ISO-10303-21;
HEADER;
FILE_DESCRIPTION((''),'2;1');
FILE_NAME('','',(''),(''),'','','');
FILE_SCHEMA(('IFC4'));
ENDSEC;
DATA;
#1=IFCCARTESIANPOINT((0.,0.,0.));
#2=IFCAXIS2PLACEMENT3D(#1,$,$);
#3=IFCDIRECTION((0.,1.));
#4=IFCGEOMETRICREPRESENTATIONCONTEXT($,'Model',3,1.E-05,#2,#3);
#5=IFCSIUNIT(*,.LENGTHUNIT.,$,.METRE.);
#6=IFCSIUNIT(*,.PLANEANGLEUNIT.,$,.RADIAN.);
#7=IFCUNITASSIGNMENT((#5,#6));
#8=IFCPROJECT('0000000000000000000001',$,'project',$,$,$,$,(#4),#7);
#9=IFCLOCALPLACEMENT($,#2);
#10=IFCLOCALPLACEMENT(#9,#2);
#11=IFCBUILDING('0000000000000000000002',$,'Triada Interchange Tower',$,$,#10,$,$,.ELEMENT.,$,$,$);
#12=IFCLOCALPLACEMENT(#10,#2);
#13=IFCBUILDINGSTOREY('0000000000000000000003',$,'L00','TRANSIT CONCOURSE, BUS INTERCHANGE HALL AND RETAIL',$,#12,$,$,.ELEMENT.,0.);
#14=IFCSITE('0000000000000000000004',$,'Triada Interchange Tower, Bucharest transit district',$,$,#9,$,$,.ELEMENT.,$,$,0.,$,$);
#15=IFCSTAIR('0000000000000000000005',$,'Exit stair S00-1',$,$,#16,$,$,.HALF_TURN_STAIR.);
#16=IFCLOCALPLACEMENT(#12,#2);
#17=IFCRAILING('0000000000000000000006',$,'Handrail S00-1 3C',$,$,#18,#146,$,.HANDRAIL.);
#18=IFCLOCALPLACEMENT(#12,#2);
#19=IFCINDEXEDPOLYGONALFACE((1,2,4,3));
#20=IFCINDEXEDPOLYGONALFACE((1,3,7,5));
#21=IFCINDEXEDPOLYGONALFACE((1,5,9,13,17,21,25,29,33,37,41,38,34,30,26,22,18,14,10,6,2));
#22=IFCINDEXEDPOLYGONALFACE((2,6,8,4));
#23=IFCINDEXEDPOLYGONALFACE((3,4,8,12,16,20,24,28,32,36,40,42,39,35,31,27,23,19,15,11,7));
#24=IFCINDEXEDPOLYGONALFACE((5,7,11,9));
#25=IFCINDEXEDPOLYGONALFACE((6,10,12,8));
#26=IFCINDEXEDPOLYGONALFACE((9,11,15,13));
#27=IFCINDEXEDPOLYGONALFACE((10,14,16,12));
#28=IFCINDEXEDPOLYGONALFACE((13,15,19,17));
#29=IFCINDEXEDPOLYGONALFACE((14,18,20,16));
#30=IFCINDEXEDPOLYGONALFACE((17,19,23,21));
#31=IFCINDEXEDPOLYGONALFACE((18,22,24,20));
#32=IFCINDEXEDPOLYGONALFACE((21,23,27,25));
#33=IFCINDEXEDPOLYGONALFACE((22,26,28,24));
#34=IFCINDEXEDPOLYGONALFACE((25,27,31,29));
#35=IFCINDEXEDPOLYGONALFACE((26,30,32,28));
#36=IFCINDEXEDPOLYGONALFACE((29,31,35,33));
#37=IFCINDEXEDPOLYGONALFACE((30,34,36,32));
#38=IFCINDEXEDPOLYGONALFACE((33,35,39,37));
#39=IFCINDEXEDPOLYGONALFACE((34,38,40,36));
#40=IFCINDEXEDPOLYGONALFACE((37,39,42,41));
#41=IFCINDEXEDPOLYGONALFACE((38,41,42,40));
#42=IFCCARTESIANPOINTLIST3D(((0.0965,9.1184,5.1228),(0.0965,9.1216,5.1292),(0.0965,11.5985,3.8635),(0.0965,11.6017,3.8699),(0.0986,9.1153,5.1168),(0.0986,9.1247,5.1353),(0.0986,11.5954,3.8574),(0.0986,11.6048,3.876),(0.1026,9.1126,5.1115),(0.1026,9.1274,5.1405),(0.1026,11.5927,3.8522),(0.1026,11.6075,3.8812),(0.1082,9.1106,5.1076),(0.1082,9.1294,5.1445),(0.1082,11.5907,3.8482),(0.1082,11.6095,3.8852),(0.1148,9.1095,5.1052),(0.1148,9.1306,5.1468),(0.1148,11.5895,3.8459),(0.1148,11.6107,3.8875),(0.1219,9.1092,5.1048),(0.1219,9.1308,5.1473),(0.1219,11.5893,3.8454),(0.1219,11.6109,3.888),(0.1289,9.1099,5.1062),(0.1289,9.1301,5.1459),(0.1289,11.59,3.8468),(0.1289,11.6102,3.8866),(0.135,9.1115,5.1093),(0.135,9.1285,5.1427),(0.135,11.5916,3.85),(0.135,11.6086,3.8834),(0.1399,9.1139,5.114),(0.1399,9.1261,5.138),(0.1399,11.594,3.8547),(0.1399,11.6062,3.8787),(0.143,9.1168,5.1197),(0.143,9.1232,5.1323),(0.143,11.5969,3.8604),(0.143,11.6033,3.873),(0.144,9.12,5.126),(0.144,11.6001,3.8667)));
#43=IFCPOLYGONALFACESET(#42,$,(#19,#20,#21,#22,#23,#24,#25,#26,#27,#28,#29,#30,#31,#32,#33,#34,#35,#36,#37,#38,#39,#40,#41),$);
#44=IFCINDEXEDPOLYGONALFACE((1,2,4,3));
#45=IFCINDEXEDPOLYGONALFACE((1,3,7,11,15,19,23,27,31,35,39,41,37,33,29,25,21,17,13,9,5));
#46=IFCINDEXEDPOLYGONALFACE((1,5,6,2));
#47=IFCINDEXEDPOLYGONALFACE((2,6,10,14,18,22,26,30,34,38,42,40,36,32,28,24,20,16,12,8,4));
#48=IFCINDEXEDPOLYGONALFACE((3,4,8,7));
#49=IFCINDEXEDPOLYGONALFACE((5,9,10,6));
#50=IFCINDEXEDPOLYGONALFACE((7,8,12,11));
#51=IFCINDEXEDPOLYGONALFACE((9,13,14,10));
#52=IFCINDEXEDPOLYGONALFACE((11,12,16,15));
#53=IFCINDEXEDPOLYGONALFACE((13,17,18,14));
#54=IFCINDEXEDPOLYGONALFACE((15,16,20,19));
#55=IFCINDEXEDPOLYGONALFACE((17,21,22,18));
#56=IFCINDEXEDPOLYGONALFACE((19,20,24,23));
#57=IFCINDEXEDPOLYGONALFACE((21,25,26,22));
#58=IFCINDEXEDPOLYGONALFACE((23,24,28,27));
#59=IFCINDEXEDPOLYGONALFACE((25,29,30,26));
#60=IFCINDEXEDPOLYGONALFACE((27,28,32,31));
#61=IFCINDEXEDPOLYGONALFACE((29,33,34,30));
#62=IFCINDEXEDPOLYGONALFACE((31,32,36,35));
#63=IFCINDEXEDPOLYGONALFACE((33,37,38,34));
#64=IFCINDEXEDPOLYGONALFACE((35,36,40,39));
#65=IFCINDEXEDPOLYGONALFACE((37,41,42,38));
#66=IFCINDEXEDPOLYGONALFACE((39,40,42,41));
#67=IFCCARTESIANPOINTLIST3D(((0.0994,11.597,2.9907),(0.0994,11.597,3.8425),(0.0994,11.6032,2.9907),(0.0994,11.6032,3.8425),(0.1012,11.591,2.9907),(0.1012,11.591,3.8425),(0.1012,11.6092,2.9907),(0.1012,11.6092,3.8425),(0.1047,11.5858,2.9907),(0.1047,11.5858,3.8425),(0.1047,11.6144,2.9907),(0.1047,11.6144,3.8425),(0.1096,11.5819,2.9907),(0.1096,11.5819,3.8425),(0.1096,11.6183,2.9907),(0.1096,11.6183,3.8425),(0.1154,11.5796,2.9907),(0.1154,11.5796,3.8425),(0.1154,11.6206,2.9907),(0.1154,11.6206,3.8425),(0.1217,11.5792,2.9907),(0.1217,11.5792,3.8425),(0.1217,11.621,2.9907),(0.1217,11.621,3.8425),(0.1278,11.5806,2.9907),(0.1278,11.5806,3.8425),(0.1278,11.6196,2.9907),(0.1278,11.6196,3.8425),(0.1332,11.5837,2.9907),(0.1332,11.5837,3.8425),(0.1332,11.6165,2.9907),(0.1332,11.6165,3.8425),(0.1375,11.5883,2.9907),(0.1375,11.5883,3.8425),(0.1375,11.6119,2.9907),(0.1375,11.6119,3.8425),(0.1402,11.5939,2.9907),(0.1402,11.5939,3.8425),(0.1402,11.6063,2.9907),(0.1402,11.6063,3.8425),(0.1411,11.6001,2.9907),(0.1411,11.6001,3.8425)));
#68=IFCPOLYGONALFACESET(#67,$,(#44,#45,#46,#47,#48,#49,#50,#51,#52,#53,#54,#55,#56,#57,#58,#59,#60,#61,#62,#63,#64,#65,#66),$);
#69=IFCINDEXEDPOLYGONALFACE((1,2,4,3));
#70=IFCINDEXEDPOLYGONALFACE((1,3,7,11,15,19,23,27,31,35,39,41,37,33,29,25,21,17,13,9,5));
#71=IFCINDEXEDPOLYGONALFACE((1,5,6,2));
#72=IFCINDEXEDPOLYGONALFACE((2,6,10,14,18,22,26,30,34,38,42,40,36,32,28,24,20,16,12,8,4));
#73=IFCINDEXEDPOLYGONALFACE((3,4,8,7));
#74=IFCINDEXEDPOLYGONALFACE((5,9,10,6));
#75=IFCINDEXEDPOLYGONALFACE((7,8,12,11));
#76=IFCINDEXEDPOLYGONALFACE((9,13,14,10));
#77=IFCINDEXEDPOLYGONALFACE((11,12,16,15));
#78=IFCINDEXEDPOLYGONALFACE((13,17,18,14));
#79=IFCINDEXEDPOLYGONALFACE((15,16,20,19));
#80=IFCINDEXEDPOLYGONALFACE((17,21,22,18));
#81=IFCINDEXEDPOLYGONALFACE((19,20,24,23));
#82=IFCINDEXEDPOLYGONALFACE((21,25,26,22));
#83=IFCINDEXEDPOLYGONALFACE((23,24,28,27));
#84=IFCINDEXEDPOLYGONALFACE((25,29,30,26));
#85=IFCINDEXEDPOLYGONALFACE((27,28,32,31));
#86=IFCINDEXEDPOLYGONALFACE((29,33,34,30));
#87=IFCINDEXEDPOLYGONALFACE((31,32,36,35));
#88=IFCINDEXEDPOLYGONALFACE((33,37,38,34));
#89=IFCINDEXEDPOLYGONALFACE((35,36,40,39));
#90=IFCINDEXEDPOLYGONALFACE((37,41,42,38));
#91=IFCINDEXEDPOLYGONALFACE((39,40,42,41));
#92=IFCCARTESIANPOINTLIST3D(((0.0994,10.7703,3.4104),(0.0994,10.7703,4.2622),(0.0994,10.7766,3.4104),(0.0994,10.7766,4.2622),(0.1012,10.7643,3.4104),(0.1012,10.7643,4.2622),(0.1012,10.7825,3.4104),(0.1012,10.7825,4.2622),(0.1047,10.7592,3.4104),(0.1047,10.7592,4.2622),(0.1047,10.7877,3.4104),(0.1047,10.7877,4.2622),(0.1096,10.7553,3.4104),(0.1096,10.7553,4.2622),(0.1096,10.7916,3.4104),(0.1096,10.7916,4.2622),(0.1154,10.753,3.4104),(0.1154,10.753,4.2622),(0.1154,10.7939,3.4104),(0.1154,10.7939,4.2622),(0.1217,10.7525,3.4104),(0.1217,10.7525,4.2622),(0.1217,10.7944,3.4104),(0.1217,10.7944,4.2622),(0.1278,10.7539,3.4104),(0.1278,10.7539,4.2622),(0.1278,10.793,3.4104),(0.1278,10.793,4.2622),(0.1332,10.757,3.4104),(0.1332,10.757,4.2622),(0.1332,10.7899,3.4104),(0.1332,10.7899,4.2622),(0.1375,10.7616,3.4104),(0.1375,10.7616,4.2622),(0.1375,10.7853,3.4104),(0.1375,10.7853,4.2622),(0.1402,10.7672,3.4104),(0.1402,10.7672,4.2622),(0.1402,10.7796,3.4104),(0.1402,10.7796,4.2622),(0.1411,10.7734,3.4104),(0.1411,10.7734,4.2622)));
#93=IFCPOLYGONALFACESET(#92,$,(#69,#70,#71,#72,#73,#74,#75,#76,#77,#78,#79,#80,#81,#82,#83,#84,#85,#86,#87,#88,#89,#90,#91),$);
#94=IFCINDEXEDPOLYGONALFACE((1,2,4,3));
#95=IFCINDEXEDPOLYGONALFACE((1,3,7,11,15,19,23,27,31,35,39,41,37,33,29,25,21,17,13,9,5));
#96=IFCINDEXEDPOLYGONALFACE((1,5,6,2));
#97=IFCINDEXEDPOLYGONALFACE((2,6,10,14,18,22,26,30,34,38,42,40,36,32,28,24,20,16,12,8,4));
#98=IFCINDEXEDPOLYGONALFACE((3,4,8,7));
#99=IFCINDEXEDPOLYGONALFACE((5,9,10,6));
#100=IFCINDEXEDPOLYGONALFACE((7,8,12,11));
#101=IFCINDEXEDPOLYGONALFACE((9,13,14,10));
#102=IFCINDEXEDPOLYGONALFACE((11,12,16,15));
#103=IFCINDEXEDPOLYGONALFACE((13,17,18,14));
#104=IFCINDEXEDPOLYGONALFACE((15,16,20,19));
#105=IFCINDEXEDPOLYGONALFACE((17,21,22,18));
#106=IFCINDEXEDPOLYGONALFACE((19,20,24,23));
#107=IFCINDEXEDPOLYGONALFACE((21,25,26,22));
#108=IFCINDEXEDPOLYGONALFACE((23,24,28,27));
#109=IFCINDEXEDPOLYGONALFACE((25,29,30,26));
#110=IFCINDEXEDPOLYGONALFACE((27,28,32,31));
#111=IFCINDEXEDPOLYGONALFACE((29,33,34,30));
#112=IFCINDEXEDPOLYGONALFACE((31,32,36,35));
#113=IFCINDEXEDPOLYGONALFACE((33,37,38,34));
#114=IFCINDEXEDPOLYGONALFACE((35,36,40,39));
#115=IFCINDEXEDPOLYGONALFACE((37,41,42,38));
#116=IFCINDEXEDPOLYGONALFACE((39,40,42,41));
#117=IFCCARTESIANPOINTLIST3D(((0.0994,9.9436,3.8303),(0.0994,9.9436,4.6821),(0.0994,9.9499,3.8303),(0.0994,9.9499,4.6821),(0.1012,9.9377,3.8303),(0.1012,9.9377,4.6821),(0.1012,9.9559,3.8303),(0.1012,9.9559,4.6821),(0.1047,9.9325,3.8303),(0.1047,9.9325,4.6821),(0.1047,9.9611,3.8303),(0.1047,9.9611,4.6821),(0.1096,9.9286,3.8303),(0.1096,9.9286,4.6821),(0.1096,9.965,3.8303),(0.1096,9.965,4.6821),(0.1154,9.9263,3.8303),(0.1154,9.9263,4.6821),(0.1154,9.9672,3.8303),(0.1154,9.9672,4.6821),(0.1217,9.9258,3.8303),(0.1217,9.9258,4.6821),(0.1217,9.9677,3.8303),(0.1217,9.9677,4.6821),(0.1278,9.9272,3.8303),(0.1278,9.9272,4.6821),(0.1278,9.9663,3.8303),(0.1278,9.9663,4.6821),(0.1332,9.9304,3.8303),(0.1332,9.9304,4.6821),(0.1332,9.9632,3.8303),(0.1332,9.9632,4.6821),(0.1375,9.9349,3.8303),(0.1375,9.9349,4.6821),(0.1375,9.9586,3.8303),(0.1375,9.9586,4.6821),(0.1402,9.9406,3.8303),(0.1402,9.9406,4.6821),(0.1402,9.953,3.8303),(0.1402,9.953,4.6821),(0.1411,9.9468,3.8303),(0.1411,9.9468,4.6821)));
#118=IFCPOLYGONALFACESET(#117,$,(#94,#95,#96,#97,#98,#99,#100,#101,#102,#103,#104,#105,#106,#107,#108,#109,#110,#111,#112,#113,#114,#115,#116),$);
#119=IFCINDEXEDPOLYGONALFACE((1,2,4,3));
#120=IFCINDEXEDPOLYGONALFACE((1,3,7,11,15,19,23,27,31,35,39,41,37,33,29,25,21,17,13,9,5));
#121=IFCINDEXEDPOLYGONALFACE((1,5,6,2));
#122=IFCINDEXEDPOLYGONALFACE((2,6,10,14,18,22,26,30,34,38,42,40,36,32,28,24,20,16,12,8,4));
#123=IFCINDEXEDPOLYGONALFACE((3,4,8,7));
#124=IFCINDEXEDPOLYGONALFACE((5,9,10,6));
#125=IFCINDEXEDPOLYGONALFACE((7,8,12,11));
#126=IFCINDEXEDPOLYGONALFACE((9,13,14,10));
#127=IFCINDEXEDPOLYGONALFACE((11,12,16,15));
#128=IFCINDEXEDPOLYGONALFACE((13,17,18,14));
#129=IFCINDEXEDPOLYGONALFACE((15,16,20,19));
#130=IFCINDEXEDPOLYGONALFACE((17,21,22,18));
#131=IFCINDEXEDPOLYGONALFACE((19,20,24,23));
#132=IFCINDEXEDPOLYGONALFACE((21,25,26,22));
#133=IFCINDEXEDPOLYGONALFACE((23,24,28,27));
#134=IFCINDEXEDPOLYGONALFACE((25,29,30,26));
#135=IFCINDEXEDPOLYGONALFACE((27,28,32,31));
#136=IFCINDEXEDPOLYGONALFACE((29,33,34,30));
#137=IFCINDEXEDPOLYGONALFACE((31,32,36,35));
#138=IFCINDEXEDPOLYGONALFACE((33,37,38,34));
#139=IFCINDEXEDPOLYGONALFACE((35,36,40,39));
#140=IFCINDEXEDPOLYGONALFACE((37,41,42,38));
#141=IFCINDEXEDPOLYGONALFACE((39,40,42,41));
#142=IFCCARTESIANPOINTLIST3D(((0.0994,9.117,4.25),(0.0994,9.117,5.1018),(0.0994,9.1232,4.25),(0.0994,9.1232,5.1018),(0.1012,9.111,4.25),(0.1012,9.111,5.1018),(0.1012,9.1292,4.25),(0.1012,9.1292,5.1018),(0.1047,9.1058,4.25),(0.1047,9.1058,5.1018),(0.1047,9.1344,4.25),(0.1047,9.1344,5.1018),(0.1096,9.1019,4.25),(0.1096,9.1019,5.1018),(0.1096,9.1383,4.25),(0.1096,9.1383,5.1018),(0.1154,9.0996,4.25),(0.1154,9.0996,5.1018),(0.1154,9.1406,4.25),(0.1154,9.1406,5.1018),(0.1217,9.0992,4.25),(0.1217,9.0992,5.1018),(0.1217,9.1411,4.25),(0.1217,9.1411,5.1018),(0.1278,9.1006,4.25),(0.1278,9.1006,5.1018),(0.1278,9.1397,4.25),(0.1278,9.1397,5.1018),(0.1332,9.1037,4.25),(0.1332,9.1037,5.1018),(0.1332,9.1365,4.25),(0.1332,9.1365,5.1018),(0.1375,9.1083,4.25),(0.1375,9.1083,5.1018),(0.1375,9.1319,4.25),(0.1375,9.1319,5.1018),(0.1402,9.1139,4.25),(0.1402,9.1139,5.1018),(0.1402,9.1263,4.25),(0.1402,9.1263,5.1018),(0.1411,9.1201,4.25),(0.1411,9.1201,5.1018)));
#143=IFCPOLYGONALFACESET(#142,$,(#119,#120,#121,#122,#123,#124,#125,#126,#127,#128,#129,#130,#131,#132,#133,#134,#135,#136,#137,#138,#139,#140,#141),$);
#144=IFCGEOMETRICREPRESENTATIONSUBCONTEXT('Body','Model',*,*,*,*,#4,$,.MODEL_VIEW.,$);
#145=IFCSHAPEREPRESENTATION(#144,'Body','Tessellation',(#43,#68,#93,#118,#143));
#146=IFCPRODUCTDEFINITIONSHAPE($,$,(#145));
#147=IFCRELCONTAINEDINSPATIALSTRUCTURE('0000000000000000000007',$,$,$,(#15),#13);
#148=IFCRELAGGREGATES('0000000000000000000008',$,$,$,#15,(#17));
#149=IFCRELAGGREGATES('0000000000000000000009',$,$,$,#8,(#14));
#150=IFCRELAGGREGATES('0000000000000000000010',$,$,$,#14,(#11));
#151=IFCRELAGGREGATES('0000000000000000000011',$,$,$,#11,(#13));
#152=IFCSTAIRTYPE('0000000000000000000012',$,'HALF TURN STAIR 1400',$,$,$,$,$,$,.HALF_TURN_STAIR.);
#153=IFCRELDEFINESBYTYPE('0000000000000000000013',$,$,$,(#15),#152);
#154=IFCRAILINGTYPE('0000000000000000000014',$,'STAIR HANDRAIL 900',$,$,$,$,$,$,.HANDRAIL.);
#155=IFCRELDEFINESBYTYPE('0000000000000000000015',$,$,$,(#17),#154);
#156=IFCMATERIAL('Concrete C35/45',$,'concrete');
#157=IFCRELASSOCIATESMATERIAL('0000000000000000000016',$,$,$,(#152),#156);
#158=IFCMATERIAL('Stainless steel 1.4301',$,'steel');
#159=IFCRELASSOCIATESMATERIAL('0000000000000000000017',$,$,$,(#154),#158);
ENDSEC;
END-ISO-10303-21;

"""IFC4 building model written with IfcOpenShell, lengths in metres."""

from ifc_helpers import new_model, si_unit, direction, frame, origin, origin_2d, place, context, subcontext, project, spatial, circle, extrude, material, type_object, element, aggregate, save


model = new_model("IFC4")

# Units and contexts
model_context = context("Model", 3, precision=1e-05, world=origin(), true_north=direction((0.0, 1.0)))
body_context = subcontext(model_context, "Body", "Model", "MODEL_VIEW")
ifc_project = project(units=[si_unit("LENGTHUNIT", "METRE"), si_unit("PLANEANGLEUNIT", "RADIAN")], contexts=[model_context])

# Site, building, storey
site_placement = place(None, origin())
site = spatial("IfcSite", under=ifc_project, at=site_placement, Name="Triada Interchange Tower, Bucharest transit district", CompositionType="ELEMENT", RefElevation=0.0)
building_placement = place(site_placement, origin())
building = spatial("IfcBuilding", under=site, at=building_placement, Name="Triada Interchange Tower", CompositionType="ELEMENT")
storey_placement = place(building_placement, origin())
storey = spatial("IfcBuildingStorey", under=building, at=storey_placement, Name="L00", Description="TRANSIT CONCOURSE, BUS INTERCHANGE HALL AND RETAIL", CompositionType="ELEMENT", Elevation=0.0)

# Shared definitions
ifc_material_1 = material(Name="Concrete C35/45", Category="concrete")
stair_type = type_object("IfcStairType", Name="HALF TURN STAIR 1400", PredefinedType="HALF_TURN_STAIR", material=ifc_material_1)

# Stair, railing
stair_1_placement = place(storey_placement, origin())
stair_1 = element("IfcStair", 1, at=stair_1_placement, inside=storey, type_object=stair_type, Name="Exit stair S00-1", PredefinedType="HALF_TURN_STAIR")
ifc_material_2 = material(Name="Stainless steel 1.4301", Category="steel")
railing_type = type_object("IfcRailingType", Name="STAIR HANDRAIL 900", PredefinedType="HANDRAIL", material=ifc_material_2)
railing_1_placement = place(storey_placement, frame((0.1201, 11.6001, 2.9907)))
railing_1 = element("IfcRailing", 2, at=railing_1_placement, type_object=railing_type, Name="Handrail S00-1 3C", PredefinedType="HANDRAIL", context=body_context, shape_type="SweptSolid", body=[
    extrude(circle(Radius=0.0239, at=origin_2d()), frame((0.0, 0.0, 0.876), z_axis=(0.0, -0.891636, 0.452752), x_axis=(1.0, 0.0, 0.0)), (0.0, 0.0, 1.0), 2.7815),
    extrude(circle(Radius=0.021, at=origin_2d()), origin(), (0.0, 0.0, 1.0), 0.8518),
    extrude(circle(Radius=0.021, at=origin_2d()), frame((0.0, -0.8267, 0.4197)), (0.0, 0.0, 1.0), 0.8518),
    extrude(circle(Radius=0.021, at=origin_2d()), frame((0.0, -1.6533, 0.8396)), (0.0, 0.0, 1.0), 0.8518),
    extrude(circle(Radius=0.021, at=origin_2d()), frame((0.0, -2.48, 1.2593)), (0.0, 0.0, 1.0), 0.8518),
])
aggregate(stair_1, [railing_1])

save(model, "model.ifc")
